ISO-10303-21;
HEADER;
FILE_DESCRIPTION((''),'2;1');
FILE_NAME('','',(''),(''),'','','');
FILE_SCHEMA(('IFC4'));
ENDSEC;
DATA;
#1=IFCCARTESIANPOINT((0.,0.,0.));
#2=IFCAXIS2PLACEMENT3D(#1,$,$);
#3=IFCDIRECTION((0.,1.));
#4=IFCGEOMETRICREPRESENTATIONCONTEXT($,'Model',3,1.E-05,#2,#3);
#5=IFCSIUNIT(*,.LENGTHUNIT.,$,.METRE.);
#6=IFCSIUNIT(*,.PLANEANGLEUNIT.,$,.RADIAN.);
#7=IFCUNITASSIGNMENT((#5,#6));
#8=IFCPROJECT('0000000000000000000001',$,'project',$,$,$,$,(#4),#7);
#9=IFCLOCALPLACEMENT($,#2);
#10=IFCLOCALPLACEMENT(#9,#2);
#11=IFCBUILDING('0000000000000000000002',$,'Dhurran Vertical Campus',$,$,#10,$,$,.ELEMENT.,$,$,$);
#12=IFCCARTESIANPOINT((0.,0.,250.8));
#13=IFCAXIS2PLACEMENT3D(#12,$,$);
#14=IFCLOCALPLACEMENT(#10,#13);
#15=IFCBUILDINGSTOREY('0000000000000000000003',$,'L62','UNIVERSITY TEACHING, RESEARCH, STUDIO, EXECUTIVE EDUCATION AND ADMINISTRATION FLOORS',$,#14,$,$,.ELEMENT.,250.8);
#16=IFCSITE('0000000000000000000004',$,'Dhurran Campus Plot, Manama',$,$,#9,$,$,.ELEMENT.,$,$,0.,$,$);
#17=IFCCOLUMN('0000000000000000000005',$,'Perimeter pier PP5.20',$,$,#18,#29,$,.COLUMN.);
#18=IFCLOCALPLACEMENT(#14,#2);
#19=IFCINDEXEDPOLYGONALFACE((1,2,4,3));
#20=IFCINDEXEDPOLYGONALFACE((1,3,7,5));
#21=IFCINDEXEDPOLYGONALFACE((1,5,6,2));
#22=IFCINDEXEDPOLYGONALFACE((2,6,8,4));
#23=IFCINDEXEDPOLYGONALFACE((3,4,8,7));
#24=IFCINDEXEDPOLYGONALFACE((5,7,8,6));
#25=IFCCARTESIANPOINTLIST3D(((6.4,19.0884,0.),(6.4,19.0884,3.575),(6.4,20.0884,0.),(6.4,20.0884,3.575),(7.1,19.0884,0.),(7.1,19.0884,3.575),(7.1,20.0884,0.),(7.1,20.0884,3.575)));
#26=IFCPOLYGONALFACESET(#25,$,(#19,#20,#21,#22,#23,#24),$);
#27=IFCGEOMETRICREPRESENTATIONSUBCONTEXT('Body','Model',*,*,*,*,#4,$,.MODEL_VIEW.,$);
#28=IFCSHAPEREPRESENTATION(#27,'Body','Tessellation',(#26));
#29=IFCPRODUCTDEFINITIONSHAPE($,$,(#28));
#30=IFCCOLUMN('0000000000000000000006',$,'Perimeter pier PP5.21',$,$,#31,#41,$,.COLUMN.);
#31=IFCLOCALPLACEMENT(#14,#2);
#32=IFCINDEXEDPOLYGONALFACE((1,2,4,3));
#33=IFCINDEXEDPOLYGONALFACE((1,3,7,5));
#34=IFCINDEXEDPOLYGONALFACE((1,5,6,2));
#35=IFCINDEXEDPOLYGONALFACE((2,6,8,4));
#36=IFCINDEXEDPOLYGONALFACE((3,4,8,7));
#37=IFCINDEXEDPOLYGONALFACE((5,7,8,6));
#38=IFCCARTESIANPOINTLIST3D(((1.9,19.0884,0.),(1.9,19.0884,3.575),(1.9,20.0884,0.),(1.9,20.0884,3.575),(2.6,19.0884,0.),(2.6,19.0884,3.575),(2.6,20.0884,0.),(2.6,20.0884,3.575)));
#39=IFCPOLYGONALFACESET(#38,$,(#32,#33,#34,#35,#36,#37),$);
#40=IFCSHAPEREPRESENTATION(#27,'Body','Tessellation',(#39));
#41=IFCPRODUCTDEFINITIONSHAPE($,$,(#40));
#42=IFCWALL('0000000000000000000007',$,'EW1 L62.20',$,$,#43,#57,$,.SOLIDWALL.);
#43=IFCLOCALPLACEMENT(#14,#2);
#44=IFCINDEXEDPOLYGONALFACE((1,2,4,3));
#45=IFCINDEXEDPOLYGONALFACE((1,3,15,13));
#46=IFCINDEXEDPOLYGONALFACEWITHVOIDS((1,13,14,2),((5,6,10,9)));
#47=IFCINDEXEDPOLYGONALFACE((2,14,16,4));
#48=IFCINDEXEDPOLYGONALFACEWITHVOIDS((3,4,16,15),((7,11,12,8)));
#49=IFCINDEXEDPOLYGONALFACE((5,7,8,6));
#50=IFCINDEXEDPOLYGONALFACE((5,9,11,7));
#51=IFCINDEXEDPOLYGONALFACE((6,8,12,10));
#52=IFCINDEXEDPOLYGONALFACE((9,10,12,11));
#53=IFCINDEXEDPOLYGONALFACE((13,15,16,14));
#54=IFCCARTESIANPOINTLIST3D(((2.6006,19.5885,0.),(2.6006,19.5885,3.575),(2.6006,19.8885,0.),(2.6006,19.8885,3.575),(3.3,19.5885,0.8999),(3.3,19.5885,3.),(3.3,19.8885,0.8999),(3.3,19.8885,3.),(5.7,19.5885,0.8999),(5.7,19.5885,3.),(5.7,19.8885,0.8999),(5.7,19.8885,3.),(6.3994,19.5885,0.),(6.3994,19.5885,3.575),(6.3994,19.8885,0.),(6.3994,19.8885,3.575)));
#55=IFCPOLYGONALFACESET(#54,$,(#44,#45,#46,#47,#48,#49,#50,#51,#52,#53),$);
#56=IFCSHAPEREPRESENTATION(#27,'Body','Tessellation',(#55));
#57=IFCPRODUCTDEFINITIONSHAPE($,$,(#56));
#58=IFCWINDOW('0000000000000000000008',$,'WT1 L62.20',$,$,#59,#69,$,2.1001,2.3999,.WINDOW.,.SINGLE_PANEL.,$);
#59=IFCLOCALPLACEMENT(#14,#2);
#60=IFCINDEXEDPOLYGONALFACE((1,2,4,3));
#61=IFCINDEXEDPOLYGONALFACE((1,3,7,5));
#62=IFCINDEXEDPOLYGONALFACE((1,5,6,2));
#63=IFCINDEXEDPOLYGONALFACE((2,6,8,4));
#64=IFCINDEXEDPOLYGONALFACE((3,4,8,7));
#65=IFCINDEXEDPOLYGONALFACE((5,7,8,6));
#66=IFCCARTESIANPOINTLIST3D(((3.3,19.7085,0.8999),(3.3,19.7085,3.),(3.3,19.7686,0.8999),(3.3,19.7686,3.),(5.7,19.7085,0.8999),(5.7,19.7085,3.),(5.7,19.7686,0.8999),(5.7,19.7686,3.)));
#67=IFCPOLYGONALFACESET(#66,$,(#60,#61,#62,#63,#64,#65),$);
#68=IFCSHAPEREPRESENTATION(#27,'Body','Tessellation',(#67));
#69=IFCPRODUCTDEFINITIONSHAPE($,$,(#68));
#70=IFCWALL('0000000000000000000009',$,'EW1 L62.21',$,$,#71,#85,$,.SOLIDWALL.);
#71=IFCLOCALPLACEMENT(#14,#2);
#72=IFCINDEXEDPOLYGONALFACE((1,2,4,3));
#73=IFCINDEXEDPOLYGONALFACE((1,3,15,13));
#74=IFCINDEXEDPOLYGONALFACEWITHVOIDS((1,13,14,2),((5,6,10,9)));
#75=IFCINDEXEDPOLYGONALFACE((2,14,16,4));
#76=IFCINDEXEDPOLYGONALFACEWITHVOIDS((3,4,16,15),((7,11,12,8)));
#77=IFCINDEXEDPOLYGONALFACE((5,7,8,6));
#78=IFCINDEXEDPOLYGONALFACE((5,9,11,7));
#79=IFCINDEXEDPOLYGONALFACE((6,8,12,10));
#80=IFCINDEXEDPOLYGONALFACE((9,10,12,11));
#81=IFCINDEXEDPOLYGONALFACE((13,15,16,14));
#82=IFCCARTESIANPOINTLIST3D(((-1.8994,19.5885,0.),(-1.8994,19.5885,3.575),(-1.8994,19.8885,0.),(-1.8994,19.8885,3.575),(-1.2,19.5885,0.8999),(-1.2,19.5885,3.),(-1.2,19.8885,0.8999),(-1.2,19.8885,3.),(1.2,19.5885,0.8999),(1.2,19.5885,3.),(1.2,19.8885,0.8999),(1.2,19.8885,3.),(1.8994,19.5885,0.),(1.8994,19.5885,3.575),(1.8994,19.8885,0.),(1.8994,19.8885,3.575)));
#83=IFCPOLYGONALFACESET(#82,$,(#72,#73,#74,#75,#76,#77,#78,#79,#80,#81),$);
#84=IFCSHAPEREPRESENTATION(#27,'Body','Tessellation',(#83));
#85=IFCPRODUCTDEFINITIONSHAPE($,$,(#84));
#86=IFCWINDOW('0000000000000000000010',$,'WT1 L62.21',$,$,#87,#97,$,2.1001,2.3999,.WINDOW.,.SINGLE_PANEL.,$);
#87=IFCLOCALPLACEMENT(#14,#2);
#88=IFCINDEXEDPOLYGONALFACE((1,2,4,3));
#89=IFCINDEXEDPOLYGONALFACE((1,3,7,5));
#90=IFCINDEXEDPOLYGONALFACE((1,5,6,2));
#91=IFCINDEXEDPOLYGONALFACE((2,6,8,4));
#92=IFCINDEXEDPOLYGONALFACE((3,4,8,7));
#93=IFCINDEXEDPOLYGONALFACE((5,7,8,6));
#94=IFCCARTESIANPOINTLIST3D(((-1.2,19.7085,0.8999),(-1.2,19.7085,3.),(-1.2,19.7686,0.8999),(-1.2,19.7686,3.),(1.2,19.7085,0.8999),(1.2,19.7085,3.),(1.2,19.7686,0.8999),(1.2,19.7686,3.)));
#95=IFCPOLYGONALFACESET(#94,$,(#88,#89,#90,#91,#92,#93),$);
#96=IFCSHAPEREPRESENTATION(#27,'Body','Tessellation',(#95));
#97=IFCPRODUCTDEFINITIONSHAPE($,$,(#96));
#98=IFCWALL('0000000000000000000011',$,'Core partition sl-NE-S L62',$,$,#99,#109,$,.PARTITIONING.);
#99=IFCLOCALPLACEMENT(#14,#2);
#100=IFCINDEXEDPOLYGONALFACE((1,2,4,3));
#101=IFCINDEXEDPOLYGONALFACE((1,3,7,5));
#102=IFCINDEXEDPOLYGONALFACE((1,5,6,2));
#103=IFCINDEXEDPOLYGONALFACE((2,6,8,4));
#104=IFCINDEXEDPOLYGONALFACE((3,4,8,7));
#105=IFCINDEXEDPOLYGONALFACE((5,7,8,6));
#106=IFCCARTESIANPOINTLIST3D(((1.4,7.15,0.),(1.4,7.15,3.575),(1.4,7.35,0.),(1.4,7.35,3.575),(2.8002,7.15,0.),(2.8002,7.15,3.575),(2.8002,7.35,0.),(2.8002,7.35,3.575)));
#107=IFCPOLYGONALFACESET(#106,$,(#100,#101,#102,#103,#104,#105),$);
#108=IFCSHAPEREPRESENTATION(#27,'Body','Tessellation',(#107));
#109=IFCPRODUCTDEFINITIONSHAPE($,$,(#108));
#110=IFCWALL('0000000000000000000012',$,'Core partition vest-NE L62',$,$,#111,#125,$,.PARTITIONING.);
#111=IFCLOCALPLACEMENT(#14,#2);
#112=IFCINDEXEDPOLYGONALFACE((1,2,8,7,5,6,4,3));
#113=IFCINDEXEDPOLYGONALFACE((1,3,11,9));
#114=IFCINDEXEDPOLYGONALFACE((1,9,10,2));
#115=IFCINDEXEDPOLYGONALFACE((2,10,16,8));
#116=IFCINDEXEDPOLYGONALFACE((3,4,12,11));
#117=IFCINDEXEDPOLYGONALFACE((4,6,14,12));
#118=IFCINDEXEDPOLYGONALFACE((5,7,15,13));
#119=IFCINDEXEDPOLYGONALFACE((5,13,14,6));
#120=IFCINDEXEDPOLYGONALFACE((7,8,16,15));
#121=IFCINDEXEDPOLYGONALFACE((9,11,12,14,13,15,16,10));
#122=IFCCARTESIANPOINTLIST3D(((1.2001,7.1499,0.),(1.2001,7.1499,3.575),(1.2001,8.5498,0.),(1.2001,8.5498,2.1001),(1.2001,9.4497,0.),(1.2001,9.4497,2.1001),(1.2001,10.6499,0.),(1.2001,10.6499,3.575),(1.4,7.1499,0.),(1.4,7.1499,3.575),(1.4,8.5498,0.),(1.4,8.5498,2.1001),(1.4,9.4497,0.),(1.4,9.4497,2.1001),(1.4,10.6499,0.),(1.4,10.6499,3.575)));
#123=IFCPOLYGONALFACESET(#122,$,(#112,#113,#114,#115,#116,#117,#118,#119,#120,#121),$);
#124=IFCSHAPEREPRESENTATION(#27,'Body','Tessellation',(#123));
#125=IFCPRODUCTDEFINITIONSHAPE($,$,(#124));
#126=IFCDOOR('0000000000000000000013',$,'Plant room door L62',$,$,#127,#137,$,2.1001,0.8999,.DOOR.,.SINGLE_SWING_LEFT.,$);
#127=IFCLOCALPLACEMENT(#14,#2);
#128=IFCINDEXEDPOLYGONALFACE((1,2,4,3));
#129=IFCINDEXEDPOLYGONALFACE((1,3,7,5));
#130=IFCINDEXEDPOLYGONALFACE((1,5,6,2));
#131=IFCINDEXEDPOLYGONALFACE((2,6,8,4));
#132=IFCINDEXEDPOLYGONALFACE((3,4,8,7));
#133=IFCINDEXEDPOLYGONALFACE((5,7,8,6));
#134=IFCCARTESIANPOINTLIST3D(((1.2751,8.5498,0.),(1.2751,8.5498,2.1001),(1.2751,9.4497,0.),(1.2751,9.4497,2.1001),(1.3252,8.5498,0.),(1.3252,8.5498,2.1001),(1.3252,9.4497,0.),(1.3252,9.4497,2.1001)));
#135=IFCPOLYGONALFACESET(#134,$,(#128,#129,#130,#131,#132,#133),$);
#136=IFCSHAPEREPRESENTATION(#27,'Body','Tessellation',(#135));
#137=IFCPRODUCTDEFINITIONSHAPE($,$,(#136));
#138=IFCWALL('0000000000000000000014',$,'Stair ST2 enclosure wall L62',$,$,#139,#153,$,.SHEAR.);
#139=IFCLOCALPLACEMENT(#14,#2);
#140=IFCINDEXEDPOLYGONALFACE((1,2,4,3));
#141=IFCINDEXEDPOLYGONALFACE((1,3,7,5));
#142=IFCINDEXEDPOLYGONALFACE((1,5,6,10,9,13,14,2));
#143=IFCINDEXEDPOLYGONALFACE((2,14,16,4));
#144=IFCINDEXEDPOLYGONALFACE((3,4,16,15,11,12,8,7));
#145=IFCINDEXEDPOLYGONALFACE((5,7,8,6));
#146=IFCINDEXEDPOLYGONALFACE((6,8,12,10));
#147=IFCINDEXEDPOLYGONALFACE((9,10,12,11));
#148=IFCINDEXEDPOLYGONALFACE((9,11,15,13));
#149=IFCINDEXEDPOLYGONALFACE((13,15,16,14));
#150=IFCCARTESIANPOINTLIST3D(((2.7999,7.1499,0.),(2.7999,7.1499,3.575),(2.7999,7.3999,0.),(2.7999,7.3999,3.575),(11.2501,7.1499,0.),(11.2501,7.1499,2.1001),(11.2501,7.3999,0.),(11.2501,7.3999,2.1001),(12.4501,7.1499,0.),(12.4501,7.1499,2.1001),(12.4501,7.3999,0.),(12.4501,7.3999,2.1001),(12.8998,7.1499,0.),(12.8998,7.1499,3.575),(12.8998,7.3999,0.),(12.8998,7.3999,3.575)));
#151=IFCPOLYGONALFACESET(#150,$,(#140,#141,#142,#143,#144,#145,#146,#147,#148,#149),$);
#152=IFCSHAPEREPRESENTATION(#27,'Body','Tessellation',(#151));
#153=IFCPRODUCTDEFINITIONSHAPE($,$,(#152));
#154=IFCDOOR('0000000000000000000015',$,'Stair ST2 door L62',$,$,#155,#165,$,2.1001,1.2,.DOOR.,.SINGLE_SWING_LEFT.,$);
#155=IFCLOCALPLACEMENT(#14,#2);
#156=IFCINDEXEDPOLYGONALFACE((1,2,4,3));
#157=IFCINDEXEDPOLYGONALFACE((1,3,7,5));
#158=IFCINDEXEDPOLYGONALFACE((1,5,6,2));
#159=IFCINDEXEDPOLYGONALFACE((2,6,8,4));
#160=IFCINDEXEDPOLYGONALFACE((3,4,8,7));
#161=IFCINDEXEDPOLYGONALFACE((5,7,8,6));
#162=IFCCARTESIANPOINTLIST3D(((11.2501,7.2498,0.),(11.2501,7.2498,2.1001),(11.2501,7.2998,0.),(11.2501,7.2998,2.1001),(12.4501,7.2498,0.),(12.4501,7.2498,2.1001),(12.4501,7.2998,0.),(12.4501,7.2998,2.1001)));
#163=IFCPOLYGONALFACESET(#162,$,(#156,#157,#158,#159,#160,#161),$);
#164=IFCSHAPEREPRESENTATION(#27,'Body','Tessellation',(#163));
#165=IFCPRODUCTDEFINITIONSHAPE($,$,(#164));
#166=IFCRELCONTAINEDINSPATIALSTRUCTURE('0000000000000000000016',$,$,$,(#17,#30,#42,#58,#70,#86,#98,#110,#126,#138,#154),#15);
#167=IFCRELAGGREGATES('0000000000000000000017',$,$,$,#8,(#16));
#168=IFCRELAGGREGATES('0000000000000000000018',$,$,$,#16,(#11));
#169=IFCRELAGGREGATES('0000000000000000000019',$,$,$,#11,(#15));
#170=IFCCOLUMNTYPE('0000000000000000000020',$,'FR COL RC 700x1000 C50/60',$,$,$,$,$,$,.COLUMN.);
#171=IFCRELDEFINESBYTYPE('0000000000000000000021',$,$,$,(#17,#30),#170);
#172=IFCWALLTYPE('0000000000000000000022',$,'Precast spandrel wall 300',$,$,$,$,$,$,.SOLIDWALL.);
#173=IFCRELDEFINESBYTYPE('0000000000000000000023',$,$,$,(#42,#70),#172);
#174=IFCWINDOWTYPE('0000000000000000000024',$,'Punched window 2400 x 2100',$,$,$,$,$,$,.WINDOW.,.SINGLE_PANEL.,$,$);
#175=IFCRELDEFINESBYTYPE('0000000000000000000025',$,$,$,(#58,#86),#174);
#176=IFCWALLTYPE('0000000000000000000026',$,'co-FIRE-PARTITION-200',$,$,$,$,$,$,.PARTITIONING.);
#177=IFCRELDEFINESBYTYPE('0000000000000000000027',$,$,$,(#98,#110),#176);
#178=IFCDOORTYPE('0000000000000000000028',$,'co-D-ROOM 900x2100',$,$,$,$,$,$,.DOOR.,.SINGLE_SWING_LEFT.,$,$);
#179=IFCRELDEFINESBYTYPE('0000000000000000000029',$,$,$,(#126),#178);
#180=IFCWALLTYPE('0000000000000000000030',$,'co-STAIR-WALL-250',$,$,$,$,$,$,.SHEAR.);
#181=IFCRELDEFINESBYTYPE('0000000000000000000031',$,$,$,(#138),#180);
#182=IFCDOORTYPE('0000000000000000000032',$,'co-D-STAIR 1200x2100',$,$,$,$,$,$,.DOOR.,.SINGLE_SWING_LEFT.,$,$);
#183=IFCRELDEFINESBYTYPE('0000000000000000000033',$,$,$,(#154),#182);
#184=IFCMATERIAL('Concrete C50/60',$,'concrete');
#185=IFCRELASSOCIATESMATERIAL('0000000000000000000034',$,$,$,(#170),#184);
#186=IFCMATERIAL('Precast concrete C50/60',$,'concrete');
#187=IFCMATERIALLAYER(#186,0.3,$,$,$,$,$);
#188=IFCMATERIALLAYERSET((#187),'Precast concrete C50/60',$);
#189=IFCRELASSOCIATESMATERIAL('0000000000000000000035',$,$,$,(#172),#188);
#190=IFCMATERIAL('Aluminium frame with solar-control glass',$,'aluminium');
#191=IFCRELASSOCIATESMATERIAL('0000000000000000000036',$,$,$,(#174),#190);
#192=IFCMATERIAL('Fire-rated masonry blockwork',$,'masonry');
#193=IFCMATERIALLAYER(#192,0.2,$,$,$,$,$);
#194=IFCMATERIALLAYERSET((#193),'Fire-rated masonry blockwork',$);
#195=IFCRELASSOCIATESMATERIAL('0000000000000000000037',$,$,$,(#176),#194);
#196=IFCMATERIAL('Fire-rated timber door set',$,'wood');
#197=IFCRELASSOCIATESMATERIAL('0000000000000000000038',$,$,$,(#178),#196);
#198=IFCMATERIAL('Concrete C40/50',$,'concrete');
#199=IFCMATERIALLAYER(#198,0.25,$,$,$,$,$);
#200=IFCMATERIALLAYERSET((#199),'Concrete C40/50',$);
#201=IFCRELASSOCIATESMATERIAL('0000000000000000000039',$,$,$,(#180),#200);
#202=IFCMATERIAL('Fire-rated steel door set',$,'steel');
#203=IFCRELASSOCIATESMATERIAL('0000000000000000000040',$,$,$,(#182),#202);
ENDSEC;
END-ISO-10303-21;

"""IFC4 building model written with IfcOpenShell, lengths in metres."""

from ifc_helpers import new_model, si_unit, direction, frame, frame_2d, origin, origin_2d, place, context, subcontext, project, spatial, rectangle, extrude, material, layer, layer_set, material_profile, profile_set, type_object, element, fill, save


model = new_model("IFC4")

# Units and contexts
model_context = context("Model", 3, precision=1e-05, world=origin(), true_north=direction((0.0, 1.0)))
body_context = subcontext(model_context, "Body", "Model", "MODEL_VIEW")
ifc_project = project(units=[si_unit("LENGTHUNIT", "METRE"), si_unit("PLANEANGLEUNIT", "RADIAN")], contexts=[model_context])

# Site, building, storey
site_placement = place(None, origin())
site = spatial("IfcSite", under=ifc_project, at=site_placement, Name="Dhurran Campus Plot, Manama", CompositionType="ELEMENT", RefElevation=0.0)
building_placement = place(site_placement, origin())
building = spatial("IfcBuilding", under=site, at=building_placement, Name="Dhurran Vertical Campus", CompositionType="ELEMENT")
storey_placement = place(building_placement, frame((0.0, 0.0, 250.8)))
storey = spatial("IfcBuildingStorey", under=building, at=storey_placement, Name="L62", Description="UNIVERSITY TEACHING, RESEARCH, STUDIO, EXECUTIVE EDUCATION AND ADMINISTRATION FLOORS", CompositionType="ELEMENT", Elevation=250.8)

# Columns
ifc_material_1 = material(Name="Concrete C50/60", Category="concrete")
ifc_material_profile = material_profile(ifc_material_1, rectangle(XDim=0.7, YDim=1.0, at=origin_2d()), Name="RC 700x1000")
ifc_profile_set = profile_set([ifc_material_profile], Name="Concrete C50/60")
column_type = type_object("IfcColumnType", Name="FR COL RC 700x1000 C50/60", PredefinedType="COLUMN", material=ifc_profile_set)
for number, where, z_axis, x_axis, name in (
    (1, (6.75, 19.5884, 0.0), (0.0, 0.0, 1.0), (-1.0, 0.0, 0.0), "Perimeter pier PP5.20"),
    (2, (2.25, 19.5884, 0.0), (0.0, 0.0, 1.0), (-1.0, 0.0, 0.0), "Perimeter pier PP5.21"),
):
    element("IfcColumn", number, at=place(storey_placement, frame(where, z_axis=z_axis, x_axis=x_axis)), inside=storey, type_object=column_type, Name=name, PredefinedType="COLUMN", context=body_context, shape_type="SweptSolid", body=[
        extrude(rectangle(XDim=0.7, YDim=1.0, at=origin_2d()), origin(), (0.0, 0.0, 1.0), 3.575),
    ])

# Walls, openings, windows
ifc_material_2 = material(Name="Precast concrete C50/60", Category="concrete")
ifc_layer_1 = layer(ifc_material_2, 0.3)
ifc_layer_set_1 = layer_set([ifc_layer_1], Name="Precast concrete C50/60")
wall_type_1 = type_object("IfcWallType", Name="Precast spandrel wall 300", PredefinedType="SOLIDWALL", material=ifc_layer_set_1)
wall_1_placement = place(storey_placement, frame((6.3994, 19.7385, 0.0), z_axis=(0.0, 0.0, 1.0), x_axis=(-1.0, 0.0, 0.0)))
wall_1 = element("IfcWall", 3, at=wall_1_placement, inside=storey, type_object=wall_type_1, Name="EW1 L62.20", PredefinedType="SOLIDWALL", context=body_context, shape_type="SweptSolid", body=[
    extrude(rectangle(XDim=3.7988, YDim=0.3, at=frame_2d((1.8994, 0.0))), origin(), (0.0, 0.0, 1.0), 3.575),
])
opening_1_placement = place(wall_1_placement, frame((0.6995, 0.0, 0.8999)))
opening_1 = element("IfcOpeningElement", 4, at=opening_1_placement, cuts=wall_1, PredefinedType="OPENING", context=body_context, shape_type="SweptSolid", body=[
    extrude(rectangle(XDim=2.3999, YDim=2.1001, at=frame_2d((1.2, 1.05))), frame((0.0, 0.1599, 0.0), z_axis=(0.0, -1.0, 0.0), x_axis=(1.0, 0.0, 0.0)), (0.0, 0.0, 1.0), 0.3201),
])
ifc_material_3 = material(Name="Aluminium frame with solar-control glass", Category="aluminium")
window_type = type_object("IfcWindowType", Name="Punched window 2400 x 2100", PartitioningType="SINGLE_PANEL", PredefinedType="WINDOW", material=ifc_material_3)
window_1_placement = place(opening_1_placement, origin())
window_1 = element("IfcWindow", 5, at=window_1_placement, inside=storey, type_object=window_type, Name="WT1 L62.20", OverallHeight=2.1001, OverallWidth=2.3999, PartitioningType="SINGLE_PANEL", PredefinedType="WINDOW", context=body_context, shape_type="SweptSolid", body=[
    extrude(rectangle(XDim=2.3999, YDim=2.1001, at=frame_2d((1.2, 1.05))), frame((0.0, 0.03, 0.0), z_axis=(0.0, -1.0, 0.0), x_axis=(1.0, 0.0, 0.0)), (0.0, 0.0, 1.0), 0.0601),
])
fill(opening_1, window_1)
wall_2_placement = place(storey_placement, frame((1.8994, 19.7385, 0.0), z_axis=(0.0, 0.0, 1.0), x_axis=(-1.0, 0.0, 0.0)))
wall_2 = element("IfcWall", 6, at=wall_2_placement, inside=storey, type_object=wall_type_1, Name="EW1 L62.21", PredefinedType="SOLIDWALL", context=body_context, shape_type="SweptSolid", body=[
    extrude(rectangle(XDim=3.7988, YDim=0.3, at=frame_2d((1.8994, 0.0))), origin(), (0.0, 0.0, 1.0), 3.575),
])
opening_2_placement = place(wall_2_placement, frame((0.6995, 0.0, 0.8999)))
opening_2 = element("IfcOpeningElement", 7, at=opening_2_placement, cuts=wall_2, PredefinedType="OPENING", context=body_context, shape_type="SweptSolid", body=[
    extrude(rectangle(XDim=2.3999, YDim=2.1001, at=frame_2d((1.2, 1.05))), frame((0.0, 0.1599, 0.0), z_axis=(0.0, -1.0, 0.0), x_axis=(1.0, 0.0, 0.0)), (0.0, 0.0, 1.0), 0.3201),
])
window_2_placement = place(opening_2_placement, origin())
window_2 = element("IfcWindow", 8, at=window_2_placement, inside=storey, type_object=window_type, Name="WT1 L62.21", OverallHeight=2.1001, OverallWidth=2.3999, PartitioningType="SINGLE_PANEL", PredefinedType="WINDOW", context=body_context, shape_type="SweptSolid", body=[
    extrude(rectangle(XDim=2.3999, YDim=2.1001, at=frame_2d((1.2, 1.05))), frame((0.0, 0.03, 0.0), z_axis=(0.0, -1.0, 0.0), x_axis=(1.0, 0.0, 0.0)), (0.0, 0.0, 1.0), 0.0601),
])
fill(opening_2, window_2)

# Wall
ifc_material_4 = material(Name="Fire-rated masonry blockwork", Category="masonry")
ifc_layer_2 = layer(ifc_material_4, 0.2)
ifc_layer_set_2 = layer_set([ifc_layer_2], Name="Fire-rated masonry blockwork")
wall_type_2 = type_object("IfcWallType", Name="co-FIRE-PARTITION-200", PredefinedType="PARTITIONING", material=ifc_layer_set_2)
wall_3_placement = place(storey_placement, frame((1.3999, 7.25, 0.0), z_axis=(0.0, 0.0, 1.0), x_axis=(1.0, 0.0, 0.0)))
element("IfcWall", 9, at=wall_3_placement, inside=storey, type_object=wall_type_2, Name="Core partition sl-NE-S L62", PredefinedType="PARTITIONING", context=body_context, shape_type="SweptSolid", body=[
    extrude(rectangle(XDim=1.4001, YDim=0.2, at=frame_2d((0.7002, 0.0))), origin(), (0.0, 0.0, 1.0), 3.575),
])

# Walls, openings, doors
wall_4_placement = place(storey_placement, frame((1.3, 7.1499, 0.0), z_axis=(0.0, 0.0, 1.0), x_axis=(0.0, 1.0, 0.0)))
wall_4 = element("IfcWall", 10, at=wall_4_placement, inside=storey, type_object=wall_type_2, Name="Core partition vest-NE L62", PredefinedType="PARTITIONING", context=body_context, shape_type="SweptSolid", body=[
    extrude(rectangle(XDim=3.5, YDim=0.2, at=frame_2d((1.75, 0.0))), origin(), (0.0, 0.0, 1.0), 3.575),
])
opening_3_placement = place(wall_4_placement, frame((1.3999, 0.0, 0.0)))
opening_3 = element("IfcOpeningElement", 11, at=opening_3_placement, cuts=wall_4, PredefinedType="OPENING", context=body_context, shape_type="SweptSolid", body=[
    extrude(rectangle(XDim=0.8999, YDim=2.1001, at=frame_2d((0.45, 1.05))), frame((0.0, 0.1099, 0.0), z_axis=(0.0, -1.0, 0.0), x_axis=(1.0, 0.0, 0.0)), (0.0, 0.0, 1.0), 0.22),
])
ifc_material_5 = material(Name="Fire-rated timber door set", Category="wood")
door_type_1 = type_object("IfcDoorType", Name="co-D-ROOM 900x2100", OperationType="SINGLE_SWING_LEFT", PredefinedType="DOOR", material=ifc_material_5)
door_1_placement = place(opening_3_placement, origin())
door_1 = element("IfcDoor", 12, at=door_1_placement, inside=storey, type_object=door_type_1, Name="Plant room door L62", OperationType="SINGLE_SWING_LEFT", OverallHeight=2.1001, OverallWidth=0.8999, PredefinedType="DOOR", context=body_context, shape_type="SweptSolid", body=[
    extrude(rectangle(XDim=0.8999, YDim=2.1001, at=frame_2d((0.45, 1.05))), frame((0.0, 0.0249, 0.0), z_axis=(0.0, -1.0, 0.0), x_axis=(1.0, 0.0, 0.0)), (0.0, 0.0, 1.0), 0.05),
])
fill(opening_3, door_1)
ifc_material_6 = material(Name="Concrete C40/50", Category="concrete")
ifc_layer_3 = layer(ifc_material_6, 0.25)
ifc_layer_set_3 = layer_set([ifc_layer_3], Name="Concrete C40/50")
wall_type_3 = type_object("IfcWallType", Name="co-STAIR-WALL-250", PredefinedType="SHEAR", material=ifc_layer_set_3)
wall_5_placement = place(storey_placement, frame((2.8, 7.2749, 0.0), z_axis=(0.0, 0.0, 1.0), x_axis=(1.0, 0.0, 0.0)))
wall_5 = element("IfcWall", 13, at=wall_5_placement, inside=storey, type_object=wall_type_3, Name="Stair ST2 enclosure wall L62", PredefinedType="SHEAR", context=body_context, shape_type="SweptSolid", body=[
    extrude(rectangle(XDim=10.0999, YDim=0.25, at=frame_2d((5.0498, 0.0))), origin(), (0.0, 0.0, 1.0), 3.575),
])
opening_4_placement = place(wall_5_placement, frame((8.45, 0.0, 0.0)))
opening_4 = element("IfcOpeningElement", 14, at=opening_4_placement, cuts=wall_5, PredefinedType="OPENING", context=body_context, shape_type="SweptSolid", body=[
    extrude(rectangle(XDim=1.2, YDim=2.1001, at=frame_2d((0.6001, 1.05))), frame((0.0, 0.135, 0.0), z_axis=(0.0, -1.0, 0.0), x_axis=(1.0, 0.0, 0.0)), (0.0, 0.0, 1.0), 0.27),
])
ifc_material_7 = material(Name="Fire-rated steel door set", Category="steel")
door_type_2 = type_object("IfcDoorType", Name="co-D-STAIR 1200x2100", OperationType="SINGLE_SWING_LEFT", PredefinedType="DOOR", material=ifc_material_7)
door_2_placement = place(opening_4_placement, origin())
door_2 = element("IfcDoor", 15, at=door_2_placement, inside=storey, type_object=door_type_2, Name="Stair ST2 door L62", OperationType="SINGLE_SWING_LEFT", OverallHeight=2.1001, OverallWidth=1.2, PredefinedType="DOOR", context=body_context, shape_type="SweptSolid", body=[
    extrude(rectangle(XDim=1.2, YDim=2.1001, at=frame_2d((0.6001, 1.05))), frame((0.0, 0.0249, 0.0), z_axis=(0.0, -1.0, 0.0), x_axis=(1.0, 0.0, 0.0)), (0.0, 0.0, 1.0), 0.05),
])
fill(opening_4, door_2)

save(model, "model.ifc")
